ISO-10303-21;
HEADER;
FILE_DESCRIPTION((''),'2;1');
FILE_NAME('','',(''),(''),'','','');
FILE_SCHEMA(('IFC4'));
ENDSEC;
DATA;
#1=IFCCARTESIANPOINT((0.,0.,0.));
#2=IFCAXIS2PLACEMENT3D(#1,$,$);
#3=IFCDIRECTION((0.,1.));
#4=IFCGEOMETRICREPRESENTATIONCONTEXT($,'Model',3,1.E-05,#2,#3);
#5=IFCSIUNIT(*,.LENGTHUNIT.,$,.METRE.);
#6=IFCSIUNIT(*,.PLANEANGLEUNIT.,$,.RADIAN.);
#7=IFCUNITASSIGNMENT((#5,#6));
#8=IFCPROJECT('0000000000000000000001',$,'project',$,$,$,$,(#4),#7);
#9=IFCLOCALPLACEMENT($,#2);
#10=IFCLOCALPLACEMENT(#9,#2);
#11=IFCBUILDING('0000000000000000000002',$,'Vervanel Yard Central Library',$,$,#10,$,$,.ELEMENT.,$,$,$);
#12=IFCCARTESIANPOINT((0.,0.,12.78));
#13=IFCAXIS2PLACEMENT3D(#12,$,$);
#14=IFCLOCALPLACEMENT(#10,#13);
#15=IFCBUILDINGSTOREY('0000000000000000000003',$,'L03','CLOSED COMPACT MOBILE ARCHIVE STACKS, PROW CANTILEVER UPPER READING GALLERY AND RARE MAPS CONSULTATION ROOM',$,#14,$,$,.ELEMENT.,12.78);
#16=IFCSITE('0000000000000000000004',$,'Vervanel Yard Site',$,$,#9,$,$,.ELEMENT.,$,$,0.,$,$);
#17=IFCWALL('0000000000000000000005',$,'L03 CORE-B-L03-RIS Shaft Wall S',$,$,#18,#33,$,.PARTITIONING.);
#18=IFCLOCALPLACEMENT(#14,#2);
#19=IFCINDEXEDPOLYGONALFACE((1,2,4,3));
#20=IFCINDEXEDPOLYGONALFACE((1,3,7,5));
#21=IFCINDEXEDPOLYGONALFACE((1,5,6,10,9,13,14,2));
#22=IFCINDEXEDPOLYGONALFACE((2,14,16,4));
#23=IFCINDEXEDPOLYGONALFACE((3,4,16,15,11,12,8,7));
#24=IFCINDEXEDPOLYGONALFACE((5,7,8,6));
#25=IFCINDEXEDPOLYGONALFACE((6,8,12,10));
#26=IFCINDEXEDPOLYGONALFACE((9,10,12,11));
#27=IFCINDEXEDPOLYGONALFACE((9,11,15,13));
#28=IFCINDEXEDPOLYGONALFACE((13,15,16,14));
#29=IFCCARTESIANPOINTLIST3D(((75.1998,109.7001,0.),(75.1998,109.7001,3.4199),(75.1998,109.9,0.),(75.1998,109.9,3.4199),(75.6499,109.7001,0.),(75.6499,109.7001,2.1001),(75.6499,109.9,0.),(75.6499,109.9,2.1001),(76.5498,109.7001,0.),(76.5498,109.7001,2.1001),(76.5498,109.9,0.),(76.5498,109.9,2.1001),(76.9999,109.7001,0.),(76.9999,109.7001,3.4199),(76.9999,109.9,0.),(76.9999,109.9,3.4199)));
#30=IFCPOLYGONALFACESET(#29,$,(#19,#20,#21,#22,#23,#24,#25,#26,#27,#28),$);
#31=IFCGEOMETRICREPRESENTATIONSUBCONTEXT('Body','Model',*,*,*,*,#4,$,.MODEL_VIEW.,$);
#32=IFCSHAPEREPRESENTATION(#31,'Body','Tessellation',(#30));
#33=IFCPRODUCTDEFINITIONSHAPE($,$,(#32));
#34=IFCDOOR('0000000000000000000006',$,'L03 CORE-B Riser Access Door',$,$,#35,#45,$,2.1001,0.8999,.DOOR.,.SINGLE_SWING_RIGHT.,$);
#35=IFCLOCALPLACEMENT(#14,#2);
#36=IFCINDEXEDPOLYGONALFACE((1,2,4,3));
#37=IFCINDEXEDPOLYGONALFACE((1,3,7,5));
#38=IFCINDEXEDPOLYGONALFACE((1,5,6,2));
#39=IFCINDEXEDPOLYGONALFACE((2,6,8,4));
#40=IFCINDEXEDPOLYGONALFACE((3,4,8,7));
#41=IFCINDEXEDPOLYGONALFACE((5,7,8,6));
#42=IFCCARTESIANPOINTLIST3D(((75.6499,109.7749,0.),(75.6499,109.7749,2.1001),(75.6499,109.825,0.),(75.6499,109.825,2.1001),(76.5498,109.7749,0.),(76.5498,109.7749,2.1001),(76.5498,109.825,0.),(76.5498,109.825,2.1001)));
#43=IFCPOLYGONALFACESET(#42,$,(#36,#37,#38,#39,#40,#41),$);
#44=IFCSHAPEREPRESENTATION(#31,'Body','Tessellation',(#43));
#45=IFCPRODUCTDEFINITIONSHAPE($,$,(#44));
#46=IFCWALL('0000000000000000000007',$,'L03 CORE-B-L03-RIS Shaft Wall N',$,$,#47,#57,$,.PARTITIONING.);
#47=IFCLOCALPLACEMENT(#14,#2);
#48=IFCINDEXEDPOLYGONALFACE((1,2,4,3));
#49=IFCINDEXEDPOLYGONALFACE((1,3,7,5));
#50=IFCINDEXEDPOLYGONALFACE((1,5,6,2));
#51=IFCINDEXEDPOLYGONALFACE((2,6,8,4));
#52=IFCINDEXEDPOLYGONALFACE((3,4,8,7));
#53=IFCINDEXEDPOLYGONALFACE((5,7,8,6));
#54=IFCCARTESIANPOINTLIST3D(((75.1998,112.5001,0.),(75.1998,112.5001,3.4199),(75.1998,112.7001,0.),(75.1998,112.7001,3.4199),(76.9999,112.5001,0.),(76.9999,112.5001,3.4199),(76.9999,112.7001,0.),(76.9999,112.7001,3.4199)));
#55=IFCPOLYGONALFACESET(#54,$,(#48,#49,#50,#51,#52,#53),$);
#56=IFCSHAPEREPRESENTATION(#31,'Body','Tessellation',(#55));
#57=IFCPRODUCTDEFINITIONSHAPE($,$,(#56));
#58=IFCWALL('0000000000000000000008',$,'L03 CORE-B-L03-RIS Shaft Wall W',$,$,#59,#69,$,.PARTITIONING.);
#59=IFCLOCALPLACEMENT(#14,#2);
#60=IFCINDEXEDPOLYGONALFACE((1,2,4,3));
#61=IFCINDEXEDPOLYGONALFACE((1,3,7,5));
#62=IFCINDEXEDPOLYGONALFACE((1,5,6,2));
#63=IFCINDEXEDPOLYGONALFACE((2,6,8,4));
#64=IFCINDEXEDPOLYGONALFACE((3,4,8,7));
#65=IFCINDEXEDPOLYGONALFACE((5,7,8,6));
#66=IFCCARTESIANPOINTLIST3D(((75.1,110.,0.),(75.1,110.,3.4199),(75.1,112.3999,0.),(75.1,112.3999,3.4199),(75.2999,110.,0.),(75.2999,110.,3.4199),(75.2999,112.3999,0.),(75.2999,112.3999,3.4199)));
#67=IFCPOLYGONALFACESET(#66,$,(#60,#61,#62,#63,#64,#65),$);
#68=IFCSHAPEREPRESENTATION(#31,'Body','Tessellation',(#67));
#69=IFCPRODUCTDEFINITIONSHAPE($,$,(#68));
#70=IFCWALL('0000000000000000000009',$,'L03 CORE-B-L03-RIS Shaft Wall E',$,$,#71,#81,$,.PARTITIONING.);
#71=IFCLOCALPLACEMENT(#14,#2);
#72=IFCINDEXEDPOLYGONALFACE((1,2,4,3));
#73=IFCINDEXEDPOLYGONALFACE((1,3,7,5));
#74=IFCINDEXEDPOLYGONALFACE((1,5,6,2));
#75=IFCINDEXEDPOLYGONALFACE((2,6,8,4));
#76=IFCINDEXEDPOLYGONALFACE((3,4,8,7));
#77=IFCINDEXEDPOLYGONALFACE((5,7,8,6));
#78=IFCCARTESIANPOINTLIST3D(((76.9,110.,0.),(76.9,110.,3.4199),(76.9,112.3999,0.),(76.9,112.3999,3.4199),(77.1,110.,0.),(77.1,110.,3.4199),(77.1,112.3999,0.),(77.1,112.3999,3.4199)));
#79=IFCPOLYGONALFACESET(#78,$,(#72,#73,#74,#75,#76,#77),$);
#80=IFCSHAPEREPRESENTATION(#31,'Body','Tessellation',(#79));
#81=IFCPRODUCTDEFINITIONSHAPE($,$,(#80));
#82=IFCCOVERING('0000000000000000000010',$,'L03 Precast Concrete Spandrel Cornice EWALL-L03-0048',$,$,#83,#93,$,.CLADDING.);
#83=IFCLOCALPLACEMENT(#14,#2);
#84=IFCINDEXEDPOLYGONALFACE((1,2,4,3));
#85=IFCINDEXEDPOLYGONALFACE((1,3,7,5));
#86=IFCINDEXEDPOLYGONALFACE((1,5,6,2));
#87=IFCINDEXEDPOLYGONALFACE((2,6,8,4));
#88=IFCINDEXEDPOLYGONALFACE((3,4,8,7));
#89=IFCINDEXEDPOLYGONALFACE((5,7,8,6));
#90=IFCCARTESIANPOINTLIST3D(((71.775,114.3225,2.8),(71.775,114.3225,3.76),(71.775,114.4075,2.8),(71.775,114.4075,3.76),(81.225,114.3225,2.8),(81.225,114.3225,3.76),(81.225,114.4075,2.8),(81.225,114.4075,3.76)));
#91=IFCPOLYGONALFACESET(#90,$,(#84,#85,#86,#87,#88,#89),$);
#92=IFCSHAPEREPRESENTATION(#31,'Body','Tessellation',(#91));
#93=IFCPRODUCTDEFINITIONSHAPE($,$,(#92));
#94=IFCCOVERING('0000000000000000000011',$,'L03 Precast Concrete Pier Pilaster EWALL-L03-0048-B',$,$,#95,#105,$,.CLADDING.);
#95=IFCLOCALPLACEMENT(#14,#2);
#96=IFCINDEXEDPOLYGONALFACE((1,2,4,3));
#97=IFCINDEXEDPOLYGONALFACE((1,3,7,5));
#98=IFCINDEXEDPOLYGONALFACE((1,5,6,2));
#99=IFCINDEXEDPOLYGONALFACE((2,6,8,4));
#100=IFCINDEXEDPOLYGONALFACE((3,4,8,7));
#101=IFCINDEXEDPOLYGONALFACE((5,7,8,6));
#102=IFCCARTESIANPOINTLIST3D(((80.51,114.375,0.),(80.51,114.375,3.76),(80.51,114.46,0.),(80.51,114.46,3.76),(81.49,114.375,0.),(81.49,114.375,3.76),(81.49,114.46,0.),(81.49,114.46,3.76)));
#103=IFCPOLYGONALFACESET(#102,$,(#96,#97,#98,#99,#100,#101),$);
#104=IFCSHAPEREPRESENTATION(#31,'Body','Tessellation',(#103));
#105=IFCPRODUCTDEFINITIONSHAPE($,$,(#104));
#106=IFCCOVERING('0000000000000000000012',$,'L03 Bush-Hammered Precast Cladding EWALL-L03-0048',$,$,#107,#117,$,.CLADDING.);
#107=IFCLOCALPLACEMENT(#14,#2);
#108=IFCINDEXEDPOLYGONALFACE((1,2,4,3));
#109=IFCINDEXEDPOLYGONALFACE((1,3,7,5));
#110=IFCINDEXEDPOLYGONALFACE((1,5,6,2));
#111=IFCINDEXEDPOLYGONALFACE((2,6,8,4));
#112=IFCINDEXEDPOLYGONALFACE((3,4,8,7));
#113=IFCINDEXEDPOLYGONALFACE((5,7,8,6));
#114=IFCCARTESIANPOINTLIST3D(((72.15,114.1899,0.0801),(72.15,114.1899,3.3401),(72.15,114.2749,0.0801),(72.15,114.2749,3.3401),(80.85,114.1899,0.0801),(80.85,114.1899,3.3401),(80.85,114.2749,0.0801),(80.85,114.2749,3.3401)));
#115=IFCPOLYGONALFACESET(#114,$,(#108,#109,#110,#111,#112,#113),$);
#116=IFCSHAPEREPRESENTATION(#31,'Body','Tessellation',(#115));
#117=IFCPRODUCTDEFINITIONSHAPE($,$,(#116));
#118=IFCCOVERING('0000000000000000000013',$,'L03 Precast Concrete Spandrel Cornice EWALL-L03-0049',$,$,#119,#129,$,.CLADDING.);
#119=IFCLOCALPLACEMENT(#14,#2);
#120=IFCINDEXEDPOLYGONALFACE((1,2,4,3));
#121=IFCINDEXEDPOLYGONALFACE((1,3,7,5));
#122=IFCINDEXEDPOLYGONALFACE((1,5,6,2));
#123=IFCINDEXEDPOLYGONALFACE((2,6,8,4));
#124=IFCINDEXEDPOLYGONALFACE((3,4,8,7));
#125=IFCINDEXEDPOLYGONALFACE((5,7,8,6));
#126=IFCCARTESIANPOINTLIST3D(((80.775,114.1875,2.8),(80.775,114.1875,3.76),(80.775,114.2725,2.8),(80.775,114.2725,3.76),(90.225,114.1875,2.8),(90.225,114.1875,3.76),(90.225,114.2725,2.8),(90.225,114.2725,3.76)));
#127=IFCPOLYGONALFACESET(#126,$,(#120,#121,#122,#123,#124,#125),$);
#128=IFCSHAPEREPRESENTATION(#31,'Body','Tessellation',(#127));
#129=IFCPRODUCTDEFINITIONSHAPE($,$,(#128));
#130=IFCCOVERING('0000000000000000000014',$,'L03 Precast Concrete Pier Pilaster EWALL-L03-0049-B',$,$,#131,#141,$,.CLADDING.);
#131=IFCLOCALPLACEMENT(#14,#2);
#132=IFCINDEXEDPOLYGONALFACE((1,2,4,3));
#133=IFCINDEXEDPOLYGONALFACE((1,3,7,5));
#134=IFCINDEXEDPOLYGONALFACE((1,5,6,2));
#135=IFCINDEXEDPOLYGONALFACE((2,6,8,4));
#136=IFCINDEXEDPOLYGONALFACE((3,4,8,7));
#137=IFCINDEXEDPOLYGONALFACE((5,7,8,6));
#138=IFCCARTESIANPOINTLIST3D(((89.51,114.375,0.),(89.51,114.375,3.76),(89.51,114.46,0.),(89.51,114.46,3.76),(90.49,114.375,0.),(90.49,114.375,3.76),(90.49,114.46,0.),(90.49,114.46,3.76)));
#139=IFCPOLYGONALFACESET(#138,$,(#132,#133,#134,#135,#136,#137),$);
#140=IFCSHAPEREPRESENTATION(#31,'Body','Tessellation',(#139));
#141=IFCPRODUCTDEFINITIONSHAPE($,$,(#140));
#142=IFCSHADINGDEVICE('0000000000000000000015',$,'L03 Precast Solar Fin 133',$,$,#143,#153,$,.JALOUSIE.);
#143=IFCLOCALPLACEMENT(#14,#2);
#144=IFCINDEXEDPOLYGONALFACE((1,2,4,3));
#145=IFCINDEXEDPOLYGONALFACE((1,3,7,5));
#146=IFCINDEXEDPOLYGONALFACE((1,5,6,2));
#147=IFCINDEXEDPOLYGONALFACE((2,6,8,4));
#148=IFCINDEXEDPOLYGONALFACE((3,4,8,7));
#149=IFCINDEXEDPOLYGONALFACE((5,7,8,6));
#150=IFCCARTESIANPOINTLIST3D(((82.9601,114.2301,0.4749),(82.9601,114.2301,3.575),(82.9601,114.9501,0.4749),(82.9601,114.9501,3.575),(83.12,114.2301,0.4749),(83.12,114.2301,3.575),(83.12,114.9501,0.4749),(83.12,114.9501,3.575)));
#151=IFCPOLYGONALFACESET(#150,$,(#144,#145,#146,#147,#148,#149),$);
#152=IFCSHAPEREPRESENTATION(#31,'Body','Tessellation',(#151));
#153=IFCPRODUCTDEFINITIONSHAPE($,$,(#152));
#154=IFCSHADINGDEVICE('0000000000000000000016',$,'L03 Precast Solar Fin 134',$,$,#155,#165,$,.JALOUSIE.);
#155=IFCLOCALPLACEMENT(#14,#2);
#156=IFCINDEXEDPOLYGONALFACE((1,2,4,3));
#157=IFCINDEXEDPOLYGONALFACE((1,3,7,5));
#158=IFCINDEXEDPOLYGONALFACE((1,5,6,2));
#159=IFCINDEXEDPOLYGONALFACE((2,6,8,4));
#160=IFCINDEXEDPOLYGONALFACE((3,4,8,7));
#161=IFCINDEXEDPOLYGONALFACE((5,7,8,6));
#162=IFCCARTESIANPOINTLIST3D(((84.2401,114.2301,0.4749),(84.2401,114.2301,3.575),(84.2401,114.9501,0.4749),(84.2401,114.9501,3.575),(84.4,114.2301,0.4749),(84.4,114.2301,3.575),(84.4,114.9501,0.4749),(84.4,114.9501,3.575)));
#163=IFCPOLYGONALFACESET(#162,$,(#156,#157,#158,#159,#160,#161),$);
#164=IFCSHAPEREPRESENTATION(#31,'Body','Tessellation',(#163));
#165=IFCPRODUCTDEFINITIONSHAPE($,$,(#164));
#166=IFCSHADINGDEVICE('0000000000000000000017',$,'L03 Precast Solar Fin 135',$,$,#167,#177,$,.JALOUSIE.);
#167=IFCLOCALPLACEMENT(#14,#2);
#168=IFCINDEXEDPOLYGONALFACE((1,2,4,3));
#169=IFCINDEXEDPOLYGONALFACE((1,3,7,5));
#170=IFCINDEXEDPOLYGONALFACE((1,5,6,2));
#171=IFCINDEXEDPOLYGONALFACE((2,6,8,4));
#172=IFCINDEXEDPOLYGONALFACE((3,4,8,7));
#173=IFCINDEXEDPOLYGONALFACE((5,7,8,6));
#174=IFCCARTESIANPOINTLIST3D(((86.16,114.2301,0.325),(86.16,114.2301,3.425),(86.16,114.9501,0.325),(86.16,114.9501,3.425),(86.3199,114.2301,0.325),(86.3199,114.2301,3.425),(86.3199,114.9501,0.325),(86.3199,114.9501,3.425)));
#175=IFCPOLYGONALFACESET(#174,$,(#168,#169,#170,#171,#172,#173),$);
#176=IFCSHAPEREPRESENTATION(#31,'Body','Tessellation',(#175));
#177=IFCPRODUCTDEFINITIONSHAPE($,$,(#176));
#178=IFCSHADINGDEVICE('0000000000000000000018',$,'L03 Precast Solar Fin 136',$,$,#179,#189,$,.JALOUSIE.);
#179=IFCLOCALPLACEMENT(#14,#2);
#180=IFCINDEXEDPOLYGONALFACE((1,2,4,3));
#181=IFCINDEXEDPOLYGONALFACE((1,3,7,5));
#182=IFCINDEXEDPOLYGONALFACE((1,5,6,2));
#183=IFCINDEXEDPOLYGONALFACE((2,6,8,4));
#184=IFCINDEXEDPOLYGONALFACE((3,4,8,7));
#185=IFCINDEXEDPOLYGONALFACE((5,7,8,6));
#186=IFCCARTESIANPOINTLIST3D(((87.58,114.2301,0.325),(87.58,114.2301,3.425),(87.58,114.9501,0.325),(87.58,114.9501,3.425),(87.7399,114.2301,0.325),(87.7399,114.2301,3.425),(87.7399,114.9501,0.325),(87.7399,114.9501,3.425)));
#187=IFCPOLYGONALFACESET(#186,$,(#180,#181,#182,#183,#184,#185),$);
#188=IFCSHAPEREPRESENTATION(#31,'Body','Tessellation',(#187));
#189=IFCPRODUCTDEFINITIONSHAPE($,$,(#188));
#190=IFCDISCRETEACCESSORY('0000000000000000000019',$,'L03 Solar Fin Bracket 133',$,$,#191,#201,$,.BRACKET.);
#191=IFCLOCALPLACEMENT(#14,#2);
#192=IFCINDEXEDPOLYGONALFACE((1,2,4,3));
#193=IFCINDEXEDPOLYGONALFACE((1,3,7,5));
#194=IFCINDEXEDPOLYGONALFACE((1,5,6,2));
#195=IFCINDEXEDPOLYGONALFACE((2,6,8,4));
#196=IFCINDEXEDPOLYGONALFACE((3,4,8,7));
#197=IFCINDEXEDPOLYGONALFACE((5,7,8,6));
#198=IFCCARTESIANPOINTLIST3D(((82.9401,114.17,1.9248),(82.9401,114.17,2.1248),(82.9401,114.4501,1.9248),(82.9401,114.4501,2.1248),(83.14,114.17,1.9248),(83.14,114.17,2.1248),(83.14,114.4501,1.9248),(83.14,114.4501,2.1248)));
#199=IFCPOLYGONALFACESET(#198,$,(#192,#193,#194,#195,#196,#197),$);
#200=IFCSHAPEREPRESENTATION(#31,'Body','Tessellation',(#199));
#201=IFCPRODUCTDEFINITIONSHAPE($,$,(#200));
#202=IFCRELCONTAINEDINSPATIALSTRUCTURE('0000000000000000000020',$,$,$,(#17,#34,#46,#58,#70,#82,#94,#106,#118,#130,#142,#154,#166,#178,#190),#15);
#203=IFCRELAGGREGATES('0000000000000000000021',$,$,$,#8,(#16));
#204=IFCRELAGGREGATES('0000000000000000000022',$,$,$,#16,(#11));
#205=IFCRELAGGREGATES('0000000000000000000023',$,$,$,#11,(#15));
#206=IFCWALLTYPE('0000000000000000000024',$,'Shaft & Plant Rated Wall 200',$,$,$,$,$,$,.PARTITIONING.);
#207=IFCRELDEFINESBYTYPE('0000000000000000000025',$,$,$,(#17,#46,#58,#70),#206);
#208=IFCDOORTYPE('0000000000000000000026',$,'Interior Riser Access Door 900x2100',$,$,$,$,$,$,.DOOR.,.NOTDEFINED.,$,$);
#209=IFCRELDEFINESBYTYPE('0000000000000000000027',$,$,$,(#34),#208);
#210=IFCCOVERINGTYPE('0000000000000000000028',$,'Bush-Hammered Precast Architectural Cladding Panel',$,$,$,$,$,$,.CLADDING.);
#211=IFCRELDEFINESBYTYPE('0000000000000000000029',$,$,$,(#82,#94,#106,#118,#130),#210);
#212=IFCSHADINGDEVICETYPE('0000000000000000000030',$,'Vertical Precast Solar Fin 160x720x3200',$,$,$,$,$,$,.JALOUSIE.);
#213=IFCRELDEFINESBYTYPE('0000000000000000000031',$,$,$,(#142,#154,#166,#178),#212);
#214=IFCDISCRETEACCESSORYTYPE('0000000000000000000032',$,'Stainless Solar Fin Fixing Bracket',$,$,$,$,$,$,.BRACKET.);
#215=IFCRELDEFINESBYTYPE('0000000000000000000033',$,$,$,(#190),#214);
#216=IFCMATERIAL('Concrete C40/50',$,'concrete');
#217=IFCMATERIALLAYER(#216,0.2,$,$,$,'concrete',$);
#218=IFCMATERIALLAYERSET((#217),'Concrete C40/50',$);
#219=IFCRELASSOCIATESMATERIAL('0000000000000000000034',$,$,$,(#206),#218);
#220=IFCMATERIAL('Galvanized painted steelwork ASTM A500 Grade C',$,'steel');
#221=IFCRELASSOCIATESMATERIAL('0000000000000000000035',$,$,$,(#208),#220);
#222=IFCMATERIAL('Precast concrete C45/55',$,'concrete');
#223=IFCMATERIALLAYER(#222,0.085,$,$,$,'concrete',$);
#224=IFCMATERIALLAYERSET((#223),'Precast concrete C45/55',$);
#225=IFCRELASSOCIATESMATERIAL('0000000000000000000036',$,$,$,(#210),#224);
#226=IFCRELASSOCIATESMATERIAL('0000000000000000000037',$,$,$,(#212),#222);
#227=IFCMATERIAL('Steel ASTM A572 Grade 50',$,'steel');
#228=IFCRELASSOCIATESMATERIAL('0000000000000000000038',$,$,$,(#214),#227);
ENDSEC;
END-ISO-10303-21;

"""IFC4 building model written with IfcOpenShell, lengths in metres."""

from ifc_helpers import new_model, si_unit, direction, frame, frame_2d, origin, origin_2d, place, context, subcontext, project, spatial, rectangle, extrude, material, layer, layer_set, type_object, element, fill, save


model = new_model("IFC4")

# Units and contexts
model_context = context("Model", 3, precision=1e-05, world=origin(), true_north=direction((0.0, 1.0)))
body_context = subcontext(model_context, "Body", "Model", "MODEL_VIEW")
ifc_project = project(units=[si_unit("LENGTHUNIT", "METRE"), si_unit("PLANEANGLEUNIT", "RADIAN")], contexts=[model_context])

# Site, building, storey
site_placement = place(None, origin())
site = spatial("IfcSite", under=ifc_project, at=site_placement, Name="Vervanel Yard Site", CompositionType="ELEMENT", RefElevation=0.0)
building_placement = place(site_placement, origin())
building = spatial("IfcBuilding", under=site, at=building_placement, Name="Vervanel Yard Central Library", CompositionType="ELEMENT")
storey_placement = place(building_placement, frame((0.0, 0.0, 12.78)))
storey = spatial("IfcBuildingStorey", under=building, at=storey_placement, Name="L03", Description="CLOSED COMPACT MOBILE ARCHIVE STACKS, PROW CANTILEVER UPPER READING GALLERY AND RARE MAPS CONSULTATION ROOM", CompositionType="ELEMENT", Elevation=12.78)

# Shared definitions
ifc_material_1 = material(Name="Concrete C40/50", Category="concrete")

# Shared definitions
ifc_layer_1 = layer(ifc_material_1, 0.2, Category="concrete")
ifc_layer_set_1 = layer_set([ifc_layer_1], Name="Concrete C40/50")
wall_type_1 = type_object("IfcWallType", Name="Shaft & Plant Rated Wall 200", PredefinedType="PARTITIONING", material=ifc_layer_set_1)

# Wall, opening, door
wall_1_placement = place(storey_placement, frame((75.2, 109.8, 0.0), z_axis=(0.0, 0.0, 1.0), x_axis=(1.0, 0.0, 0.0)))
wall_1 = element("IfcWall", 1, at=wall_1_placement, inside=storey, type_object=wall_type_1, Name="L03 CORE-B-L03-RIS Shaft Wall S", PredefinedType="PARTITIONING", context=body_context, shape_type="SweptSolid", body=[
    extrude(rectangle(XDim=1.8, YDim=0.2, at=frame_2d((0.8999, 0.0))), origin(), (0.0, 0.0, 1.0), 3.4199),
])
opening_1_placement = place(wall_1_placement, frame((0.45, 0.0, 0.0)))
opening_1 = element("IfcOpeningElement", 2, at=opening_1_placement, cuts=wall_1, PredefinedType="OPENING", context=body_context, shape_type="SweptSolid", body=[
    extrude(rectangle(XDim=0.8999, YDim=2.1001, at=frame_2d((0.45, 1.05))), frame((0.0, 0.1099, 0.0), z_axis=(0.0, -1.0, 0.0), x_axis=(1.0, 0.0, 0.0)), (0.0, 0.0, 1.0), 0.22),
])
ifc_material_2 = material(Name="Galvanized painted steelwork ASTM A500 Grade C", Category="steel")
door_type = type_object("IfcDoorType", Name="Interior Riser Access Door 900x2100", OperationType="NOTDEFINED", PredefinedType="DOOR", material=ifc_material_2)
door_placement = place(opening_1_placement, origin())
door = element("IfcDoor", 3, at=door_placement, inside=storey, type_object=door_type, Name="L03 CORE-B Riser Access Door", OperationType="SINGLE_SWING_RIGHT", OverallHeight=2.1001, OverallWidth=0.8999, PredefinedType="DOOR", context=body_context, shape_type="SweptSolid", body=[
    extrude(rectangle(XDim=0.8999, YDim=2.1001, at=frame_2d((0.45, 1.05))), frame((0.0, 0.0249, 0.0), z_axis=(0.0, -1.0, 0.0), x_axis=(1.0, 0.0, 0.0)), (0.0, 0.0, 1.0), 0.05),
])
fill(opening_1, door)

# Walls
wall_2_placement = place(storey_placement, frame((75.2, 112.6001, 0.0), z_axis=(0.0, 0.0, 1.0), x_axis=(1.0, 0.0, 0.0)))
element("IfcWall", 4, at=wall_2_placement, inside=storey, type_object=wall_type_1, Name="L03 CORE-B-L03-RIS Shaft Wall N", PredefinedType="PARTITIONING", context=body_context, shape_type="SweptSolid", body=[
    extrude(rectangle(XDim=1.8, YDim=0.2, at=frame_2d((0.8999, 0.0))), origin(), (0.0, 0.0, 1.0), 3.4199),
])
for number, where, z_axis, x_axis, name in (
    (5, (75.2, 110.0, 0.0), (0.0, 0.0, 1.0), (0.0, 1.0, 0.0), "L03 CORE-B-L03-RIS Shaft Wall W"),
    (6, (77.0, 110.0, 0.0), (0.0, 0.0, 1.0), (0.0, 1.0, 0.0), "L03 CORE-B-L03-RIS Shaft Wall E"),
):
    element("IfcWall", number, at=place(storey_placement, frame(where, z_axis=z_axis, x_axis=x_axis)), inside=storey, type_object=wall_type_1, Name=name, PredefinedType="PARTITIONING", context=body_context, shape_type="SweptSolid", body=[
        extrude(rectangle(XDim=2.3999, YDim=0.2, at=frame_2d((1.2, 0.0))), origin(), (0.0, 0.0, 1.0), 3.4199),
    ])

# Coverings
ifc_material_3 = material(Name="Precast concrete C45/55", Category="concrete")
ifc_layer_2 = layer(ifc_material_3, 0.085, Category="concrete")
ifc_layer_set_2 = layer_set([ifc_layer_2], Name="Precast concrete C45/55")
covering_type = type_object("IfcCoveringType", Name="Bush-Hammered Precast Architectural Cladding Panel", PredefinedType="CLADDING", material=ifc_layer_set_2)
covering_1_placement = place(storey_placement, frame((76.5, 114.365, 2.8), z_axis=(0.0, 0.0, 1.0), x_axis=(1.0, 0.0, 0.0)))
element("IfcCovering", 7, at=covering_1_placement, inside=storey, type_object=covering_type, Name="L03 Precast Concrete Spandrel Cornice EWALL-L03-0048", PredefinedType="CLADDING", context=body_context, shape_type="SweptSolid", body=[
    extrude(rectangle(XDim=9.45, YDim=0.085, at=origin_2d()), origin(), (0.0, 0.0, 1.0), 0.96),
])
covering_2_placement = place(storey_placement, frame((81.0, 114.4175, 0.0), z_axis=(0.0, 0.0, 1.0), x_axis=(1.0, 0.0, 0.0)))
element("IfcCovering", 8, at=covering_2_placement, inside=storey, type_object=covering_type, Name="L03 Precast Concrete Pier Pilaster EWALL-L03-0048-B", PredefinedType="CLADDING", context=body_context, shape_type="SweptSolid", body=[
    extrude(rectangle(XDim=0.98, YDim=0.085, at=origin_2d()), origin(), (0.0, 0.0, 1.0), 3.76),
])
covering_3_placement = place(storey_placement, frame((76.5, 114.2324, 0.0801), z_axis=(0.0, 0.0, 1.0), x_axis=(1.0, 0.0, 0.0)))
element("IfcCovering", 9, at=covering_3_placement, inside=storey, type_object=covering_type, Name="L03 Bush-Hammered Precast Cladding EWALL-L03-0048", PredefinedType="CLADDING", context=body_context, shape_type="SweptSolid", body=[
    extrude(rectangle(XDim=8.7, YDim=0.085, at=origin_2d()), origin(), (0.0, 0.0, 1.0), 3.26),
])
covering_4_placement = place(storey_placement, frame((85.5, 114.23, 2.8), z_axis=(0.0, 0.0, 1.0), x_axis=(1.0, 0.0, 0.0)))
element("IfcCovering", 10, at=covering_4_placement, inside=storey, type_object=covering_type, Name="L03 Precast Concrete Spandrel Cornice EWALL-L03-0049", PredefinedType="CLADDING", context=body_context, shape_type="SweptSolid", body=[
    extrude(rectangle(XDim=9.45, YDim=0.085, at=origin_2d()), origin(), (0.0, 0.0, 1.0), 0.96),
])
covering_5_placement = place(storey_placement, frame((90.0, 114.4175, 0.0), z_axis=(0.0, 0.0, 1.0), x_axis=(1.0, 0.0, 0.0)))
element("IfcCovering", 11, at=covering_5_placement, inside=storey, type_object=covering_type, Name="L03 Precast Concrete Pier Pilaster EWALL-L03-0049-B", PredefinedType="CLADDING", context=body_context, shape_type="SweptSolid", body=[
    extrude(rectangle(XDim=0.98, YDim=0.085, at=origin_2d()), origin(), (0.0, 0.0, 1.0), 3.76),
])

# Shading devices
shading_device_type = type_object("IfcShadingDeviceType", Name="Vertical Precast Solar Fin 160x720x3200", PredefinedType="JALOUSIE", material=ifc_material_3)
for number, where, z_axis, x_axis, name in (
    (12, (83.04, 114.5901, 0.4749), (0.0, 0.0, 1.0), (1.0, 0.0, 0.0), "L03 Precast Solar Fin 133"),
    (13, (84.3201, 114.5901, 0.4749), (0.0, 0.0, 1.0), (1.0, 0.0, 0.0), "L03 Precast Solar Fin 134"),
    (14, (86.24, 114.5901, 0.325), (0.0, 0.0, 1.0), (1.0, 0.0, 0.0), "L03 Precast Solar Fin 135"),
    (15, (87.6599, 114.5901, 0.325), (0.0, 0.0, 1.0), (1.0, 0.0, 0.0), "L03 Precast Solar Fin 136"),
):
    element("IfcShadingDevice", number, at=place(storey_placement, frame(where, z_axis=z_axis, x_axis=x_axis)), inside=storey, type_object=shading_device_type, Name=name, PredefinedType="JALOUSIE", context=body_context, shape_type="SweptSolid", body=[
        extrude(rectangle(XDim=0.1599, YDim=0.72, at=origin_2d()), origin(), (0.0, 0.0, 1.0), 3.1001),
    ])

# Discrete accessory
ifc_material_4 = material(Name="Steel ASTM A572 Grade 50", Category="steel")
discrete_accessory_type = type_object("IfcDiscreteAccessoryType", Name="Stainless Solar Fin Fixing Bracket", PredefinedType="BRACKET", material=ifc_material_4)
for number, where, z_axis, x_axis, name in (
    (16, (83.04, 114.3101, 1.9248), (0.0, 0.0, 1.0), (1.0, 0.0, 0.0), "L03 Solar Fin Bracket 133"),
):
    element("IfcDiscreteAccessory", number, at=place(storey_placement, frame(where, z_axis=z_axis, x_axis=x_axis)), inside=storey, type_object=discrete_accessory_type, Name=name, PredefinedType="BRACKET", context=body_context, shape_type="SweptSolid", body=[
        extrude(rectangle(XDim=0.2, YDim=0.28, at=origin_2d()), origin(), (0.0, 0.0, 1.0), 0.2),
    ])

save(model, "model.ifc")
